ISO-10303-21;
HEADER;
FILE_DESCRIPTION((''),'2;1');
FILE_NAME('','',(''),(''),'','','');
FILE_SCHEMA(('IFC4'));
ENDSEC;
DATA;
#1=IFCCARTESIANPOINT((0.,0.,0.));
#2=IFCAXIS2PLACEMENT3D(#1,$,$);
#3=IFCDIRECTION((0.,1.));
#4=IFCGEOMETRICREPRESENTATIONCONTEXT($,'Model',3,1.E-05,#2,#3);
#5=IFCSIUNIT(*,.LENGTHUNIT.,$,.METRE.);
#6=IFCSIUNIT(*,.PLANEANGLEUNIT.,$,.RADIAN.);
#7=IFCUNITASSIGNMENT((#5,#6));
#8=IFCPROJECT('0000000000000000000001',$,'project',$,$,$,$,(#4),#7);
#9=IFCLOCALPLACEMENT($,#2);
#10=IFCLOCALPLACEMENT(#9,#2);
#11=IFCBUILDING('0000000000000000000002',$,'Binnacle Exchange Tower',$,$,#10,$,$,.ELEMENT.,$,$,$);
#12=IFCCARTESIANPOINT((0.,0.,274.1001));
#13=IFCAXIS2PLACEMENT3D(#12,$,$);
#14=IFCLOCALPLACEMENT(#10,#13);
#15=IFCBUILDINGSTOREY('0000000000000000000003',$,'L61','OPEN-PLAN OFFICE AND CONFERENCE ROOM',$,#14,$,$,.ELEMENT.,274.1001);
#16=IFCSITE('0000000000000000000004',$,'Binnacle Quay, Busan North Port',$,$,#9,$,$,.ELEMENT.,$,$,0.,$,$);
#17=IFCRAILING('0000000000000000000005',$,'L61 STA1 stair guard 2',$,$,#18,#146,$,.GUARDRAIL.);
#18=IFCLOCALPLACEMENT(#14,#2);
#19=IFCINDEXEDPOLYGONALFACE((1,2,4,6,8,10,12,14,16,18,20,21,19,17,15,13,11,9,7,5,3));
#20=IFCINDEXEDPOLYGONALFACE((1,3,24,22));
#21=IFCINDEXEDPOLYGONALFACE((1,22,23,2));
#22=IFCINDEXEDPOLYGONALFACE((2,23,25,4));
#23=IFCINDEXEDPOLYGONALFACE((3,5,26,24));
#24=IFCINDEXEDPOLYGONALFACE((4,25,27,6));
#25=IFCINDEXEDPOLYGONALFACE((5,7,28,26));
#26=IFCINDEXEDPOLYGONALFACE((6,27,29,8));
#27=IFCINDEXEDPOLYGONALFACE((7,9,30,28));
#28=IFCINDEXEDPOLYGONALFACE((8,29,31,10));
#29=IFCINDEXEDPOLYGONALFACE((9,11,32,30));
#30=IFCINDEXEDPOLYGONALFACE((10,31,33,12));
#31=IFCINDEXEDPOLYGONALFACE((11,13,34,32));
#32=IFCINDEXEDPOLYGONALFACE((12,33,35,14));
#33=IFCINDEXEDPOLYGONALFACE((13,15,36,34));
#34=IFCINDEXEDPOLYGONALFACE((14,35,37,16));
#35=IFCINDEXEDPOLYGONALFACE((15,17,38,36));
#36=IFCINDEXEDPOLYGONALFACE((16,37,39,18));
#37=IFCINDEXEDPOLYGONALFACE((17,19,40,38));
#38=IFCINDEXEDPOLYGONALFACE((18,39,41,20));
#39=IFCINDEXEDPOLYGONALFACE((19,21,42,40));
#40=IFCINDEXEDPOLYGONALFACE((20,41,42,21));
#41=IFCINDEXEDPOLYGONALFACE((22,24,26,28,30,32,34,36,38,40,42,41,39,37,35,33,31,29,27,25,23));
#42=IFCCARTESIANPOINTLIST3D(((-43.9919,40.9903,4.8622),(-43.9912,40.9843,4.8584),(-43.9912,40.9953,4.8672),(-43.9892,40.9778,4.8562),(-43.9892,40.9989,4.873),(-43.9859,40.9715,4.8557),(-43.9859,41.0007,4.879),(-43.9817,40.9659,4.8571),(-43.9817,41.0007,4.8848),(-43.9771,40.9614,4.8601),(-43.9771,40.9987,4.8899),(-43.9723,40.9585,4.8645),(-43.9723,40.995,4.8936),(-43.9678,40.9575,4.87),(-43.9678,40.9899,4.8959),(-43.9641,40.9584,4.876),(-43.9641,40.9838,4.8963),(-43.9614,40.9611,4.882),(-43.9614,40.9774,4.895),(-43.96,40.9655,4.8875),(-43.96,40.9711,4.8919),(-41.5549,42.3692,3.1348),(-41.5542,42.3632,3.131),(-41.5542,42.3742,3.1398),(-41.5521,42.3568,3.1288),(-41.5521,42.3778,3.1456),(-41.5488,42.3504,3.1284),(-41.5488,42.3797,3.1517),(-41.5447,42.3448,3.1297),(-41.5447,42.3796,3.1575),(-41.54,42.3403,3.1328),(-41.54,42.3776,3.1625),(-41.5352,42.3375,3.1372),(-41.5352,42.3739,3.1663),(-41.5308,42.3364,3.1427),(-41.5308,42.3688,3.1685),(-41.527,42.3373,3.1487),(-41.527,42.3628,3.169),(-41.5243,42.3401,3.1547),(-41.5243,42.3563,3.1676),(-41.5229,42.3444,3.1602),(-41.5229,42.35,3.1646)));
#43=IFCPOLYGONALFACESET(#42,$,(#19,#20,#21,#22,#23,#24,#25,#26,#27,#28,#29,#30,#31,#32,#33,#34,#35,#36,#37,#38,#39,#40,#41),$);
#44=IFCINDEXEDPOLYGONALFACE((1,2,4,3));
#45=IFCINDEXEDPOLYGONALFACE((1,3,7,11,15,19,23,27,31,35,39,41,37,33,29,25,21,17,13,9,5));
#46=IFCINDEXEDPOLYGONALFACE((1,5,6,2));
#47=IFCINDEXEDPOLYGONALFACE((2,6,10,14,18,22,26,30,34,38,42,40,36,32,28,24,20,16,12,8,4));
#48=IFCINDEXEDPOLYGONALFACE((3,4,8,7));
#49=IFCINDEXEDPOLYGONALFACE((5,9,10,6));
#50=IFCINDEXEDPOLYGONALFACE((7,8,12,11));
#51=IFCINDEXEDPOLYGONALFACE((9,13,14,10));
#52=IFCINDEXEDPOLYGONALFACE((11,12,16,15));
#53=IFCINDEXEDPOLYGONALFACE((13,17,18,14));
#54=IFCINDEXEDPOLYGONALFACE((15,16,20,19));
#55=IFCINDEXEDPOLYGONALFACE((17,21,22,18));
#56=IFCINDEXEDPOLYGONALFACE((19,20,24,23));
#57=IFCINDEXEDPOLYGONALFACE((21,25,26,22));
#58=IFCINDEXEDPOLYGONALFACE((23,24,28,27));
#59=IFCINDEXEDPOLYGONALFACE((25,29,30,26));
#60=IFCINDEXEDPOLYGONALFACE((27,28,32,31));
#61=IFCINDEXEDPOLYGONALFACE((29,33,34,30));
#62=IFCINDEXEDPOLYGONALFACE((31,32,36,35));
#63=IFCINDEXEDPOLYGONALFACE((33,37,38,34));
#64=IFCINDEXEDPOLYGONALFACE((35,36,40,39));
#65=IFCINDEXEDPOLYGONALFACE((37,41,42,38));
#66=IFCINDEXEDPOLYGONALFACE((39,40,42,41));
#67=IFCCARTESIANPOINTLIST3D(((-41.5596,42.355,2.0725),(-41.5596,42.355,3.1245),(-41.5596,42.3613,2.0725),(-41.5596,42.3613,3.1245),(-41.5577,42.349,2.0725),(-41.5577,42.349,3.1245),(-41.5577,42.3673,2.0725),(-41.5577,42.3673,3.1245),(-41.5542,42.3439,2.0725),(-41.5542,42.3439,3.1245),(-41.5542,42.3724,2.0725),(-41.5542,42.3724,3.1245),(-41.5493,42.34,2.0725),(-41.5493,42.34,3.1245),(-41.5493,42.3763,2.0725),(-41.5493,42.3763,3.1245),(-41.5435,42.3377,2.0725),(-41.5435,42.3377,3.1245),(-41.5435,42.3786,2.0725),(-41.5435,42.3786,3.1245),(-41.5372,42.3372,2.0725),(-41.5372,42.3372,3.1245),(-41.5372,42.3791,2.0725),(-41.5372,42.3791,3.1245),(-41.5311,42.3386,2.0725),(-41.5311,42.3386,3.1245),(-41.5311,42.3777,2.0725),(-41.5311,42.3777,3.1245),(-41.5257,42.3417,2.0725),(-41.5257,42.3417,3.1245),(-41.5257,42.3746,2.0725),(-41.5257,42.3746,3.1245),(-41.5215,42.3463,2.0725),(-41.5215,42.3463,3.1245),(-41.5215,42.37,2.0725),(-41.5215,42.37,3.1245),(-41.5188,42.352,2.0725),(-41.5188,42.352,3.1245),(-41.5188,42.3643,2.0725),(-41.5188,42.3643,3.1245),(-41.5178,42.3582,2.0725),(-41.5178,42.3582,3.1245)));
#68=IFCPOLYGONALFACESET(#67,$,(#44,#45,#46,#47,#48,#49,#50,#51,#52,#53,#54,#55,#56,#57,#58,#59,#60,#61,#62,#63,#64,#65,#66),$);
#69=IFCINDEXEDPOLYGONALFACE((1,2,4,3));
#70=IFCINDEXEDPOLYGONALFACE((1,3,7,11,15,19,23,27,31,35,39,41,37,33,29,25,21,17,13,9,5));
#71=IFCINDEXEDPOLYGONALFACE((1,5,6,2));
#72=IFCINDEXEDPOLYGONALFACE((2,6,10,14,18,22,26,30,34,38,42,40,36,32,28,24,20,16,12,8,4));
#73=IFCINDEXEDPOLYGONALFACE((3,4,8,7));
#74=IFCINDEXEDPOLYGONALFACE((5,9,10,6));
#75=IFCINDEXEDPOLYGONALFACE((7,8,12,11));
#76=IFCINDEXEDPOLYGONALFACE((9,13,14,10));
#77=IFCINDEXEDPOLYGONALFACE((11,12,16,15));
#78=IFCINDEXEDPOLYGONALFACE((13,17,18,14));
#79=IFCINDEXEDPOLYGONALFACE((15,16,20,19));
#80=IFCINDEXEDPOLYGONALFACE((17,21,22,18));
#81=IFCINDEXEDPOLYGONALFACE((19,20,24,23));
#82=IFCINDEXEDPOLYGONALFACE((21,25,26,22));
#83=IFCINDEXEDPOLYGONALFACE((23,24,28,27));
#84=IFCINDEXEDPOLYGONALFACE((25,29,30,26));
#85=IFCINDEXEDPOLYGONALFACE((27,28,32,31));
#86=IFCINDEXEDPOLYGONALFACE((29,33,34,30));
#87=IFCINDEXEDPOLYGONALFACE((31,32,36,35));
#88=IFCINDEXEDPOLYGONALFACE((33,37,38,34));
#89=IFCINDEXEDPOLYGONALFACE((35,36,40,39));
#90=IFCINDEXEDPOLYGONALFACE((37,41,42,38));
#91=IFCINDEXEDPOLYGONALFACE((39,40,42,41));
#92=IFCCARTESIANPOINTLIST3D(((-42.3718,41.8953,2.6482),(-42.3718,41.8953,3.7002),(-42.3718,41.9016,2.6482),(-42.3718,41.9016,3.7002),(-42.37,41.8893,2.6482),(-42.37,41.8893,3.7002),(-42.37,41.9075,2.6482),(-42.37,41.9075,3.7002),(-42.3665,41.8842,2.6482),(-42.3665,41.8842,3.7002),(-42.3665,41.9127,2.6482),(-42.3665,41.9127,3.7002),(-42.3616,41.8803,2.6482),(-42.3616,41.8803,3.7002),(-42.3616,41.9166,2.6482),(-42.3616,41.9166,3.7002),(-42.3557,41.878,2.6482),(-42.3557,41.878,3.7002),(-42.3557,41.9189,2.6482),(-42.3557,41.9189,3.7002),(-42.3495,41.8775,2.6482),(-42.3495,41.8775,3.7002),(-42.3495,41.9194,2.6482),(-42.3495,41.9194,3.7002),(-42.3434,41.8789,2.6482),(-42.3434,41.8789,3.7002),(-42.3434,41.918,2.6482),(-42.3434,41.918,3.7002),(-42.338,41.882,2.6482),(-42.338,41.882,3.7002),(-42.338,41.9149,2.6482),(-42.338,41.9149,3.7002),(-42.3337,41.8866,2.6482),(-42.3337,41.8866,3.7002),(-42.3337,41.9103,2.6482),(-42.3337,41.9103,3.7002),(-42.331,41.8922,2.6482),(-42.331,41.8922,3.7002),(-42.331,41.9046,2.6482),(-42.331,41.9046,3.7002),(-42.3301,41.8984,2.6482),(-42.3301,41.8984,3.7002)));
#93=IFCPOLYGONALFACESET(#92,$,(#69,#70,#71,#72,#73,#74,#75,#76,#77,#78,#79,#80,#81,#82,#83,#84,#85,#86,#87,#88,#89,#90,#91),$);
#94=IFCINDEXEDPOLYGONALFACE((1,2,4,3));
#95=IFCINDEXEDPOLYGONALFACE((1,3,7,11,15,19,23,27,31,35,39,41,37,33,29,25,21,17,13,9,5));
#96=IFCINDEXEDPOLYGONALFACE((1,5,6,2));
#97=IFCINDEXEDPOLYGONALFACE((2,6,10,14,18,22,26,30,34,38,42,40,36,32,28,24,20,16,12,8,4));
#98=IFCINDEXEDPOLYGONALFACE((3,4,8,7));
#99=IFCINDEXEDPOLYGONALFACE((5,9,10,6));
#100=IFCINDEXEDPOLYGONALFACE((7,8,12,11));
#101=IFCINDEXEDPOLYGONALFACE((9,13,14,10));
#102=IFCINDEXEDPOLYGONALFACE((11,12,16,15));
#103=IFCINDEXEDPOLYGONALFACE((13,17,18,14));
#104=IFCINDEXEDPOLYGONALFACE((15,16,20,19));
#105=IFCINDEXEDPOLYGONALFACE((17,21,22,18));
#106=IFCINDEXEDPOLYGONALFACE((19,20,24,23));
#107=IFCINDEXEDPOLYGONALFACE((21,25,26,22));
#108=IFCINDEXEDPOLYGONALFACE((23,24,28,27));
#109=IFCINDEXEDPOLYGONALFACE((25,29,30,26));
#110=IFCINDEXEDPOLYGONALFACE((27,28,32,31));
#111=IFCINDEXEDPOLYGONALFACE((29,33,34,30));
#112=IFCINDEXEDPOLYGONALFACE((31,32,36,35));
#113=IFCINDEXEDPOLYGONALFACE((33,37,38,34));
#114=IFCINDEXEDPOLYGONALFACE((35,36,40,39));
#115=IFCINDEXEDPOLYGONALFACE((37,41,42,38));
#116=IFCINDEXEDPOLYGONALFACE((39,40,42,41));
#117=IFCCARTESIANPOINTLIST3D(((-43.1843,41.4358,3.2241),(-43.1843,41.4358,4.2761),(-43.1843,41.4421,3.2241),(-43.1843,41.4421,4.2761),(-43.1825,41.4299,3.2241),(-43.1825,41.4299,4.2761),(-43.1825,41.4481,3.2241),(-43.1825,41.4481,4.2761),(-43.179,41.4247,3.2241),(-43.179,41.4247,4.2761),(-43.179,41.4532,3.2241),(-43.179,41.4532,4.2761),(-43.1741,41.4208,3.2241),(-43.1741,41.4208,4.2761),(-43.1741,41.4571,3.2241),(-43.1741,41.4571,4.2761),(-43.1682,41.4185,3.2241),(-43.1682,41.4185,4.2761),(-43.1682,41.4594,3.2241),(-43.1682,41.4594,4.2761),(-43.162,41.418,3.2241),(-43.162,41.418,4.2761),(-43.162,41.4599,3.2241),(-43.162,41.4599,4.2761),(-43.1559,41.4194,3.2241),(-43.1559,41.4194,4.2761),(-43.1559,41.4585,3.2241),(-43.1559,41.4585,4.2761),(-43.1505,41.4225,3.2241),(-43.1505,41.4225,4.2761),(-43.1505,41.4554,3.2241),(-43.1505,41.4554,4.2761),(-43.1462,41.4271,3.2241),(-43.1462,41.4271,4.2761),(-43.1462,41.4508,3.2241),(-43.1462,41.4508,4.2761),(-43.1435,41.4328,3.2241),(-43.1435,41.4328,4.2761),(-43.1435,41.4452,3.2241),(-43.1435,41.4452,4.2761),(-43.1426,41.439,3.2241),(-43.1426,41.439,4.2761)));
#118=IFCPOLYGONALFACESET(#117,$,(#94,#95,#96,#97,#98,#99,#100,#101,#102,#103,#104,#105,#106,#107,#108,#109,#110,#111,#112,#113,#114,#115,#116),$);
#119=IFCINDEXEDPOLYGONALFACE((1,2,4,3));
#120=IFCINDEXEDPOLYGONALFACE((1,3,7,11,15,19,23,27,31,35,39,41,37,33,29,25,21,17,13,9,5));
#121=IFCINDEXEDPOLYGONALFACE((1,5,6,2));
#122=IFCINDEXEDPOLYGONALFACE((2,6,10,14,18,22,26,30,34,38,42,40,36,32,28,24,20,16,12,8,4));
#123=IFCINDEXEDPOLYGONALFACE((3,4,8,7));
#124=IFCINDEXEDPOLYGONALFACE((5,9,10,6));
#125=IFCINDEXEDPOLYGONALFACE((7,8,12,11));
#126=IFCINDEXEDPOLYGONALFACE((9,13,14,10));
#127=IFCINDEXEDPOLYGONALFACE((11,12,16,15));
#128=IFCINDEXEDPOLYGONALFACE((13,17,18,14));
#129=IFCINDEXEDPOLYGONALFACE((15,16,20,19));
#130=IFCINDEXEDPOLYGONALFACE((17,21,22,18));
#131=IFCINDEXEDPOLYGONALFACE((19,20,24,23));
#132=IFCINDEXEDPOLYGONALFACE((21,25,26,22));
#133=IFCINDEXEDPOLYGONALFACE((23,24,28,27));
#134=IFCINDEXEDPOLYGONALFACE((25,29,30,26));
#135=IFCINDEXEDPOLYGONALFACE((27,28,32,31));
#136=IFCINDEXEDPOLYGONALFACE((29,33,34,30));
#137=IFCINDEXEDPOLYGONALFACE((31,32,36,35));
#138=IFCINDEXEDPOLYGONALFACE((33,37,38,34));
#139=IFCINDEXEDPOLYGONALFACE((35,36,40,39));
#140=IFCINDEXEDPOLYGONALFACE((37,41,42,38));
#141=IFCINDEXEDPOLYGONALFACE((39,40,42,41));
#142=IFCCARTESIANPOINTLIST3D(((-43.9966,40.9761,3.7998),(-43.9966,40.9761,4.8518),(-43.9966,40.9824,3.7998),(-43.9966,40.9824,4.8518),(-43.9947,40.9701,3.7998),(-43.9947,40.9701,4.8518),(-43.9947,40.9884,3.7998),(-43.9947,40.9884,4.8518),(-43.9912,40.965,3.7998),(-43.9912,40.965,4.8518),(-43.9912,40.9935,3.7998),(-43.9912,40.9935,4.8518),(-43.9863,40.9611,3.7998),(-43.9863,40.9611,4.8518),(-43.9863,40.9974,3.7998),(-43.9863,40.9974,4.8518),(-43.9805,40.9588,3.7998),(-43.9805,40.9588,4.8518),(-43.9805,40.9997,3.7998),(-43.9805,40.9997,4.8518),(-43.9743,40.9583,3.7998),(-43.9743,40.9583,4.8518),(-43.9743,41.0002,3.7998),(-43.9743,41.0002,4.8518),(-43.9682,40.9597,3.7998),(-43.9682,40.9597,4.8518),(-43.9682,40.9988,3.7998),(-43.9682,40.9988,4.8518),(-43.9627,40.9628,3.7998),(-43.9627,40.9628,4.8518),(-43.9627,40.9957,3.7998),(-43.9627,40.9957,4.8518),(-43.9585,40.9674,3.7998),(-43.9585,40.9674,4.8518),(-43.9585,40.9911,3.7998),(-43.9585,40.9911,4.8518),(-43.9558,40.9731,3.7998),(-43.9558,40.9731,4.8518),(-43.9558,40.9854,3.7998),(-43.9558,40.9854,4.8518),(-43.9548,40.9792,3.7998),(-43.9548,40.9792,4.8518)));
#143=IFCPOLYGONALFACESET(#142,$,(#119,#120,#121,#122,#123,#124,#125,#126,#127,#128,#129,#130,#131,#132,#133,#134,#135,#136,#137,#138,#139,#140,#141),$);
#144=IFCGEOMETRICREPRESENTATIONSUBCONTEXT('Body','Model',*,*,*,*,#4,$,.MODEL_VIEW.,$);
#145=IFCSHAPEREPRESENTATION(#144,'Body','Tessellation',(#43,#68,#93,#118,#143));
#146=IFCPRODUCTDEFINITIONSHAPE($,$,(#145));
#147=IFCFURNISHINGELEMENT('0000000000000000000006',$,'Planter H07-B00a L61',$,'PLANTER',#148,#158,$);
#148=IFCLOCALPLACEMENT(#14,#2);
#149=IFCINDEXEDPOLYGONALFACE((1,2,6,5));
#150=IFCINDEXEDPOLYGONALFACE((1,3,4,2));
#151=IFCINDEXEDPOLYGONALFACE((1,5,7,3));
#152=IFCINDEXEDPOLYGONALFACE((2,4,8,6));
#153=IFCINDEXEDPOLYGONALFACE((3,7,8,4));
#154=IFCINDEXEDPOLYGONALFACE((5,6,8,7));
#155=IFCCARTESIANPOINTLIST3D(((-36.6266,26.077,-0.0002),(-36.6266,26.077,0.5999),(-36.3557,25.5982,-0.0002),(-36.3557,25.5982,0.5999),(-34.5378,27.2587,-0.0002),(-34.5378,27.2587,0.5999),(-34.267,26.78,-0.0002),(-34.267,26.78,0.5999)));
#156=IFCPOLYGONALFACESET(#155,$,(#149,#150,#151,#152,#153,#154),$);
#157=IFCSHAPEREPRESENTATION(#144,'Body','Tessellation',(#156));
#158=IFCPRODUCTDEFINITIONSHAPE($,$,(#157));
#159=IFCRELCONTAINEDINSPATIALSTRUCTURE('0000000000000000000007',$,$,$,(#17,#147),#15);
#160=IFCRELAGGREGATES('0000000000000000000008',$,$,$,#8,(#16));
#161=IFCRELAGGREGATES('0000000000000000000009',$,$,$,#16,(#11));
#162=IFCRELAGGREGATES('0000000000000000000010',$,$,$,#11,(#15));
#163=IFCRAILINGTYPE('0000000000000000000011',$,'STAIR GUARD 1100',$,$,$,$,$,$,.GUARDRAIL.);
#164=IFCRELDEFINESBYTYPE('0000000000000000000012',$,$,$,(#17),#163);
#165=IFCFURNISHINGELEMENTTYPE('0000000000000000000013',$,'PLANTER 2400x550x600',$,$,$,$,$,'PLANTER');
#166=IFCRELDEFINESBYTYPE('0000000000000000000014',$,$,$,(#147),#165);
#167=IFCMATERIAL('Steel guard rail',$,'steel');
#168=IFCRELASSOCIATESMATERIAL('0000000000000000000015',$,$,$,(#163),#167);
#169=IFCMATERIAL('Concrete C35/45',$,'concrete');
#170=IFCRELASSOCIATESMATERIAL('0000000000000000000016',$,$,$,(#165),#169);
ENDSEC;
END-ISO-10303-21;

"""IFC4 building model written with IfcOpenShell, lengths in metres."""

from ifc_helpers import new_model, si_unit, direction, frame, origin, origin_2d, place, context, subcontext, project, spatial, rectangle, circle, extrude, material, type_object, element, save


model = new_model("IFC4")

# Units and contexts
model_context = context("Model", 3, precision=1e-05, world=origin(), true_north=direction((0.0, 1.0)))
body_context = subcontext(model_context, "Body", "Model", "MODEL_VIEW")
ifc_project = project(units=[si_unit("LENGTHUNIT", "METRE"), si_unit("PLANEANGLEUNIT", "RADIAN")], contexts=[model_context])

# Site, building, storey
site_placement = place(None, origin())
site = spatial("IfcSite", under=ifc_project, at=site_placement, Name="Binnacle Quay, Busan North Port", CompositionType="ELEMENT", RefElevation=0.0)
building_placement = place(site_placement, origin())
building = spatial("IfcBuilding", under=site, at=building_placement, Name="Binnacle Exchange Tower", CompositionType="ELEMENT")
storey_placement = place(building_placement, frame((0.0, 0.0, 274.1001)))
storey = spatial("IfcBuildingStorey", under=building, at=storey_placement, Name="L61", Description="OPEN-PLAN OFFICE AND CONFERENCE ROOM", CompositionType="ELEMENT", Elevation=274.1001)

# Railing
ifc_material_1 = material(Name="Steel guard rail", Category="steel")
railing_type_1 = type_object("IfcRailingType", Name="STAIR GUARD 1100", PredefinedType="GUARDRAIL", material=ifc_material_1)
railing_1_placement = place(storey_placement, frame((-41.5388, 42.3582, 2.0725)))
element("IfcRailing", 1, at=railing_1_placement, inside=storey, type_object=railing_type_1, Name="L61 STA1 stair guard 2", PredefinedType="GUARDRAIL", context=body_context, shape_type="SweptSolid", body=[
    extrude(circle(Radius=0.0239, at=origin_2d()), frame((0.0, 0.0, 1.0762), z_axis=(-0.740738, -0.419123, 0.525017), x_axis=(0.492454, -0.870339, 0.0)), (0.0, 0.0, 1.0), 3.29),
    extrude(circle(Radius=0.021, at=origin_2d()), origin(), (0.0, 0.0, 1.0), 1.052),
    extrude(circle(Radius=0.021, at=origin_2d()), frame((-0.8123, -0.4597, 0.5757)), (0.0, 0.0, 1.0), 1.052),
    extrude(circle(Radius=0.021, at=origin_2d()), frame((-1.6248, -0.9192, 1.1516)), (0.0, 0.0, 1.0), 1.052),
    extrude(circle(Radius=0.021, at=origin_2d()), frame((-2.437, -1.3789, 1.7273)), (0.0, 0.0, 1.0), 1.052),
])

# Furnishing element
ifc_material_2 = material(Name="Concrete C35/45", Category="concrete")
furnishing_element_type = type_object("IfcFurnishingElementType", Name="PLANTER 2400x550x600", ElementType="PLANTER", material=ifc_material_2)
furnishing_placement = place(storey_placement, frame((-35.4468, 26.4285, -0.0002), z_axis=(0.0, 0.0, 1.0), x_axis=(0.870356, 0.492424, 0.0)))
element("IfcFurnishingElement", 2, at=furnishing_placement, inside=storey, type_object=furnishing_element_type, Name="Planter H07-B00a L61", ObjectType="PLANTER", context=body_context, shape_type="SweptSolid", body=[
    extrude(rectangle(XDim=2.3999, YDim=0.55, at=origin_2d()), origin(), (0.0, 0.0, 1.0), 0.6001),
])

save(model, "model.ifc")
